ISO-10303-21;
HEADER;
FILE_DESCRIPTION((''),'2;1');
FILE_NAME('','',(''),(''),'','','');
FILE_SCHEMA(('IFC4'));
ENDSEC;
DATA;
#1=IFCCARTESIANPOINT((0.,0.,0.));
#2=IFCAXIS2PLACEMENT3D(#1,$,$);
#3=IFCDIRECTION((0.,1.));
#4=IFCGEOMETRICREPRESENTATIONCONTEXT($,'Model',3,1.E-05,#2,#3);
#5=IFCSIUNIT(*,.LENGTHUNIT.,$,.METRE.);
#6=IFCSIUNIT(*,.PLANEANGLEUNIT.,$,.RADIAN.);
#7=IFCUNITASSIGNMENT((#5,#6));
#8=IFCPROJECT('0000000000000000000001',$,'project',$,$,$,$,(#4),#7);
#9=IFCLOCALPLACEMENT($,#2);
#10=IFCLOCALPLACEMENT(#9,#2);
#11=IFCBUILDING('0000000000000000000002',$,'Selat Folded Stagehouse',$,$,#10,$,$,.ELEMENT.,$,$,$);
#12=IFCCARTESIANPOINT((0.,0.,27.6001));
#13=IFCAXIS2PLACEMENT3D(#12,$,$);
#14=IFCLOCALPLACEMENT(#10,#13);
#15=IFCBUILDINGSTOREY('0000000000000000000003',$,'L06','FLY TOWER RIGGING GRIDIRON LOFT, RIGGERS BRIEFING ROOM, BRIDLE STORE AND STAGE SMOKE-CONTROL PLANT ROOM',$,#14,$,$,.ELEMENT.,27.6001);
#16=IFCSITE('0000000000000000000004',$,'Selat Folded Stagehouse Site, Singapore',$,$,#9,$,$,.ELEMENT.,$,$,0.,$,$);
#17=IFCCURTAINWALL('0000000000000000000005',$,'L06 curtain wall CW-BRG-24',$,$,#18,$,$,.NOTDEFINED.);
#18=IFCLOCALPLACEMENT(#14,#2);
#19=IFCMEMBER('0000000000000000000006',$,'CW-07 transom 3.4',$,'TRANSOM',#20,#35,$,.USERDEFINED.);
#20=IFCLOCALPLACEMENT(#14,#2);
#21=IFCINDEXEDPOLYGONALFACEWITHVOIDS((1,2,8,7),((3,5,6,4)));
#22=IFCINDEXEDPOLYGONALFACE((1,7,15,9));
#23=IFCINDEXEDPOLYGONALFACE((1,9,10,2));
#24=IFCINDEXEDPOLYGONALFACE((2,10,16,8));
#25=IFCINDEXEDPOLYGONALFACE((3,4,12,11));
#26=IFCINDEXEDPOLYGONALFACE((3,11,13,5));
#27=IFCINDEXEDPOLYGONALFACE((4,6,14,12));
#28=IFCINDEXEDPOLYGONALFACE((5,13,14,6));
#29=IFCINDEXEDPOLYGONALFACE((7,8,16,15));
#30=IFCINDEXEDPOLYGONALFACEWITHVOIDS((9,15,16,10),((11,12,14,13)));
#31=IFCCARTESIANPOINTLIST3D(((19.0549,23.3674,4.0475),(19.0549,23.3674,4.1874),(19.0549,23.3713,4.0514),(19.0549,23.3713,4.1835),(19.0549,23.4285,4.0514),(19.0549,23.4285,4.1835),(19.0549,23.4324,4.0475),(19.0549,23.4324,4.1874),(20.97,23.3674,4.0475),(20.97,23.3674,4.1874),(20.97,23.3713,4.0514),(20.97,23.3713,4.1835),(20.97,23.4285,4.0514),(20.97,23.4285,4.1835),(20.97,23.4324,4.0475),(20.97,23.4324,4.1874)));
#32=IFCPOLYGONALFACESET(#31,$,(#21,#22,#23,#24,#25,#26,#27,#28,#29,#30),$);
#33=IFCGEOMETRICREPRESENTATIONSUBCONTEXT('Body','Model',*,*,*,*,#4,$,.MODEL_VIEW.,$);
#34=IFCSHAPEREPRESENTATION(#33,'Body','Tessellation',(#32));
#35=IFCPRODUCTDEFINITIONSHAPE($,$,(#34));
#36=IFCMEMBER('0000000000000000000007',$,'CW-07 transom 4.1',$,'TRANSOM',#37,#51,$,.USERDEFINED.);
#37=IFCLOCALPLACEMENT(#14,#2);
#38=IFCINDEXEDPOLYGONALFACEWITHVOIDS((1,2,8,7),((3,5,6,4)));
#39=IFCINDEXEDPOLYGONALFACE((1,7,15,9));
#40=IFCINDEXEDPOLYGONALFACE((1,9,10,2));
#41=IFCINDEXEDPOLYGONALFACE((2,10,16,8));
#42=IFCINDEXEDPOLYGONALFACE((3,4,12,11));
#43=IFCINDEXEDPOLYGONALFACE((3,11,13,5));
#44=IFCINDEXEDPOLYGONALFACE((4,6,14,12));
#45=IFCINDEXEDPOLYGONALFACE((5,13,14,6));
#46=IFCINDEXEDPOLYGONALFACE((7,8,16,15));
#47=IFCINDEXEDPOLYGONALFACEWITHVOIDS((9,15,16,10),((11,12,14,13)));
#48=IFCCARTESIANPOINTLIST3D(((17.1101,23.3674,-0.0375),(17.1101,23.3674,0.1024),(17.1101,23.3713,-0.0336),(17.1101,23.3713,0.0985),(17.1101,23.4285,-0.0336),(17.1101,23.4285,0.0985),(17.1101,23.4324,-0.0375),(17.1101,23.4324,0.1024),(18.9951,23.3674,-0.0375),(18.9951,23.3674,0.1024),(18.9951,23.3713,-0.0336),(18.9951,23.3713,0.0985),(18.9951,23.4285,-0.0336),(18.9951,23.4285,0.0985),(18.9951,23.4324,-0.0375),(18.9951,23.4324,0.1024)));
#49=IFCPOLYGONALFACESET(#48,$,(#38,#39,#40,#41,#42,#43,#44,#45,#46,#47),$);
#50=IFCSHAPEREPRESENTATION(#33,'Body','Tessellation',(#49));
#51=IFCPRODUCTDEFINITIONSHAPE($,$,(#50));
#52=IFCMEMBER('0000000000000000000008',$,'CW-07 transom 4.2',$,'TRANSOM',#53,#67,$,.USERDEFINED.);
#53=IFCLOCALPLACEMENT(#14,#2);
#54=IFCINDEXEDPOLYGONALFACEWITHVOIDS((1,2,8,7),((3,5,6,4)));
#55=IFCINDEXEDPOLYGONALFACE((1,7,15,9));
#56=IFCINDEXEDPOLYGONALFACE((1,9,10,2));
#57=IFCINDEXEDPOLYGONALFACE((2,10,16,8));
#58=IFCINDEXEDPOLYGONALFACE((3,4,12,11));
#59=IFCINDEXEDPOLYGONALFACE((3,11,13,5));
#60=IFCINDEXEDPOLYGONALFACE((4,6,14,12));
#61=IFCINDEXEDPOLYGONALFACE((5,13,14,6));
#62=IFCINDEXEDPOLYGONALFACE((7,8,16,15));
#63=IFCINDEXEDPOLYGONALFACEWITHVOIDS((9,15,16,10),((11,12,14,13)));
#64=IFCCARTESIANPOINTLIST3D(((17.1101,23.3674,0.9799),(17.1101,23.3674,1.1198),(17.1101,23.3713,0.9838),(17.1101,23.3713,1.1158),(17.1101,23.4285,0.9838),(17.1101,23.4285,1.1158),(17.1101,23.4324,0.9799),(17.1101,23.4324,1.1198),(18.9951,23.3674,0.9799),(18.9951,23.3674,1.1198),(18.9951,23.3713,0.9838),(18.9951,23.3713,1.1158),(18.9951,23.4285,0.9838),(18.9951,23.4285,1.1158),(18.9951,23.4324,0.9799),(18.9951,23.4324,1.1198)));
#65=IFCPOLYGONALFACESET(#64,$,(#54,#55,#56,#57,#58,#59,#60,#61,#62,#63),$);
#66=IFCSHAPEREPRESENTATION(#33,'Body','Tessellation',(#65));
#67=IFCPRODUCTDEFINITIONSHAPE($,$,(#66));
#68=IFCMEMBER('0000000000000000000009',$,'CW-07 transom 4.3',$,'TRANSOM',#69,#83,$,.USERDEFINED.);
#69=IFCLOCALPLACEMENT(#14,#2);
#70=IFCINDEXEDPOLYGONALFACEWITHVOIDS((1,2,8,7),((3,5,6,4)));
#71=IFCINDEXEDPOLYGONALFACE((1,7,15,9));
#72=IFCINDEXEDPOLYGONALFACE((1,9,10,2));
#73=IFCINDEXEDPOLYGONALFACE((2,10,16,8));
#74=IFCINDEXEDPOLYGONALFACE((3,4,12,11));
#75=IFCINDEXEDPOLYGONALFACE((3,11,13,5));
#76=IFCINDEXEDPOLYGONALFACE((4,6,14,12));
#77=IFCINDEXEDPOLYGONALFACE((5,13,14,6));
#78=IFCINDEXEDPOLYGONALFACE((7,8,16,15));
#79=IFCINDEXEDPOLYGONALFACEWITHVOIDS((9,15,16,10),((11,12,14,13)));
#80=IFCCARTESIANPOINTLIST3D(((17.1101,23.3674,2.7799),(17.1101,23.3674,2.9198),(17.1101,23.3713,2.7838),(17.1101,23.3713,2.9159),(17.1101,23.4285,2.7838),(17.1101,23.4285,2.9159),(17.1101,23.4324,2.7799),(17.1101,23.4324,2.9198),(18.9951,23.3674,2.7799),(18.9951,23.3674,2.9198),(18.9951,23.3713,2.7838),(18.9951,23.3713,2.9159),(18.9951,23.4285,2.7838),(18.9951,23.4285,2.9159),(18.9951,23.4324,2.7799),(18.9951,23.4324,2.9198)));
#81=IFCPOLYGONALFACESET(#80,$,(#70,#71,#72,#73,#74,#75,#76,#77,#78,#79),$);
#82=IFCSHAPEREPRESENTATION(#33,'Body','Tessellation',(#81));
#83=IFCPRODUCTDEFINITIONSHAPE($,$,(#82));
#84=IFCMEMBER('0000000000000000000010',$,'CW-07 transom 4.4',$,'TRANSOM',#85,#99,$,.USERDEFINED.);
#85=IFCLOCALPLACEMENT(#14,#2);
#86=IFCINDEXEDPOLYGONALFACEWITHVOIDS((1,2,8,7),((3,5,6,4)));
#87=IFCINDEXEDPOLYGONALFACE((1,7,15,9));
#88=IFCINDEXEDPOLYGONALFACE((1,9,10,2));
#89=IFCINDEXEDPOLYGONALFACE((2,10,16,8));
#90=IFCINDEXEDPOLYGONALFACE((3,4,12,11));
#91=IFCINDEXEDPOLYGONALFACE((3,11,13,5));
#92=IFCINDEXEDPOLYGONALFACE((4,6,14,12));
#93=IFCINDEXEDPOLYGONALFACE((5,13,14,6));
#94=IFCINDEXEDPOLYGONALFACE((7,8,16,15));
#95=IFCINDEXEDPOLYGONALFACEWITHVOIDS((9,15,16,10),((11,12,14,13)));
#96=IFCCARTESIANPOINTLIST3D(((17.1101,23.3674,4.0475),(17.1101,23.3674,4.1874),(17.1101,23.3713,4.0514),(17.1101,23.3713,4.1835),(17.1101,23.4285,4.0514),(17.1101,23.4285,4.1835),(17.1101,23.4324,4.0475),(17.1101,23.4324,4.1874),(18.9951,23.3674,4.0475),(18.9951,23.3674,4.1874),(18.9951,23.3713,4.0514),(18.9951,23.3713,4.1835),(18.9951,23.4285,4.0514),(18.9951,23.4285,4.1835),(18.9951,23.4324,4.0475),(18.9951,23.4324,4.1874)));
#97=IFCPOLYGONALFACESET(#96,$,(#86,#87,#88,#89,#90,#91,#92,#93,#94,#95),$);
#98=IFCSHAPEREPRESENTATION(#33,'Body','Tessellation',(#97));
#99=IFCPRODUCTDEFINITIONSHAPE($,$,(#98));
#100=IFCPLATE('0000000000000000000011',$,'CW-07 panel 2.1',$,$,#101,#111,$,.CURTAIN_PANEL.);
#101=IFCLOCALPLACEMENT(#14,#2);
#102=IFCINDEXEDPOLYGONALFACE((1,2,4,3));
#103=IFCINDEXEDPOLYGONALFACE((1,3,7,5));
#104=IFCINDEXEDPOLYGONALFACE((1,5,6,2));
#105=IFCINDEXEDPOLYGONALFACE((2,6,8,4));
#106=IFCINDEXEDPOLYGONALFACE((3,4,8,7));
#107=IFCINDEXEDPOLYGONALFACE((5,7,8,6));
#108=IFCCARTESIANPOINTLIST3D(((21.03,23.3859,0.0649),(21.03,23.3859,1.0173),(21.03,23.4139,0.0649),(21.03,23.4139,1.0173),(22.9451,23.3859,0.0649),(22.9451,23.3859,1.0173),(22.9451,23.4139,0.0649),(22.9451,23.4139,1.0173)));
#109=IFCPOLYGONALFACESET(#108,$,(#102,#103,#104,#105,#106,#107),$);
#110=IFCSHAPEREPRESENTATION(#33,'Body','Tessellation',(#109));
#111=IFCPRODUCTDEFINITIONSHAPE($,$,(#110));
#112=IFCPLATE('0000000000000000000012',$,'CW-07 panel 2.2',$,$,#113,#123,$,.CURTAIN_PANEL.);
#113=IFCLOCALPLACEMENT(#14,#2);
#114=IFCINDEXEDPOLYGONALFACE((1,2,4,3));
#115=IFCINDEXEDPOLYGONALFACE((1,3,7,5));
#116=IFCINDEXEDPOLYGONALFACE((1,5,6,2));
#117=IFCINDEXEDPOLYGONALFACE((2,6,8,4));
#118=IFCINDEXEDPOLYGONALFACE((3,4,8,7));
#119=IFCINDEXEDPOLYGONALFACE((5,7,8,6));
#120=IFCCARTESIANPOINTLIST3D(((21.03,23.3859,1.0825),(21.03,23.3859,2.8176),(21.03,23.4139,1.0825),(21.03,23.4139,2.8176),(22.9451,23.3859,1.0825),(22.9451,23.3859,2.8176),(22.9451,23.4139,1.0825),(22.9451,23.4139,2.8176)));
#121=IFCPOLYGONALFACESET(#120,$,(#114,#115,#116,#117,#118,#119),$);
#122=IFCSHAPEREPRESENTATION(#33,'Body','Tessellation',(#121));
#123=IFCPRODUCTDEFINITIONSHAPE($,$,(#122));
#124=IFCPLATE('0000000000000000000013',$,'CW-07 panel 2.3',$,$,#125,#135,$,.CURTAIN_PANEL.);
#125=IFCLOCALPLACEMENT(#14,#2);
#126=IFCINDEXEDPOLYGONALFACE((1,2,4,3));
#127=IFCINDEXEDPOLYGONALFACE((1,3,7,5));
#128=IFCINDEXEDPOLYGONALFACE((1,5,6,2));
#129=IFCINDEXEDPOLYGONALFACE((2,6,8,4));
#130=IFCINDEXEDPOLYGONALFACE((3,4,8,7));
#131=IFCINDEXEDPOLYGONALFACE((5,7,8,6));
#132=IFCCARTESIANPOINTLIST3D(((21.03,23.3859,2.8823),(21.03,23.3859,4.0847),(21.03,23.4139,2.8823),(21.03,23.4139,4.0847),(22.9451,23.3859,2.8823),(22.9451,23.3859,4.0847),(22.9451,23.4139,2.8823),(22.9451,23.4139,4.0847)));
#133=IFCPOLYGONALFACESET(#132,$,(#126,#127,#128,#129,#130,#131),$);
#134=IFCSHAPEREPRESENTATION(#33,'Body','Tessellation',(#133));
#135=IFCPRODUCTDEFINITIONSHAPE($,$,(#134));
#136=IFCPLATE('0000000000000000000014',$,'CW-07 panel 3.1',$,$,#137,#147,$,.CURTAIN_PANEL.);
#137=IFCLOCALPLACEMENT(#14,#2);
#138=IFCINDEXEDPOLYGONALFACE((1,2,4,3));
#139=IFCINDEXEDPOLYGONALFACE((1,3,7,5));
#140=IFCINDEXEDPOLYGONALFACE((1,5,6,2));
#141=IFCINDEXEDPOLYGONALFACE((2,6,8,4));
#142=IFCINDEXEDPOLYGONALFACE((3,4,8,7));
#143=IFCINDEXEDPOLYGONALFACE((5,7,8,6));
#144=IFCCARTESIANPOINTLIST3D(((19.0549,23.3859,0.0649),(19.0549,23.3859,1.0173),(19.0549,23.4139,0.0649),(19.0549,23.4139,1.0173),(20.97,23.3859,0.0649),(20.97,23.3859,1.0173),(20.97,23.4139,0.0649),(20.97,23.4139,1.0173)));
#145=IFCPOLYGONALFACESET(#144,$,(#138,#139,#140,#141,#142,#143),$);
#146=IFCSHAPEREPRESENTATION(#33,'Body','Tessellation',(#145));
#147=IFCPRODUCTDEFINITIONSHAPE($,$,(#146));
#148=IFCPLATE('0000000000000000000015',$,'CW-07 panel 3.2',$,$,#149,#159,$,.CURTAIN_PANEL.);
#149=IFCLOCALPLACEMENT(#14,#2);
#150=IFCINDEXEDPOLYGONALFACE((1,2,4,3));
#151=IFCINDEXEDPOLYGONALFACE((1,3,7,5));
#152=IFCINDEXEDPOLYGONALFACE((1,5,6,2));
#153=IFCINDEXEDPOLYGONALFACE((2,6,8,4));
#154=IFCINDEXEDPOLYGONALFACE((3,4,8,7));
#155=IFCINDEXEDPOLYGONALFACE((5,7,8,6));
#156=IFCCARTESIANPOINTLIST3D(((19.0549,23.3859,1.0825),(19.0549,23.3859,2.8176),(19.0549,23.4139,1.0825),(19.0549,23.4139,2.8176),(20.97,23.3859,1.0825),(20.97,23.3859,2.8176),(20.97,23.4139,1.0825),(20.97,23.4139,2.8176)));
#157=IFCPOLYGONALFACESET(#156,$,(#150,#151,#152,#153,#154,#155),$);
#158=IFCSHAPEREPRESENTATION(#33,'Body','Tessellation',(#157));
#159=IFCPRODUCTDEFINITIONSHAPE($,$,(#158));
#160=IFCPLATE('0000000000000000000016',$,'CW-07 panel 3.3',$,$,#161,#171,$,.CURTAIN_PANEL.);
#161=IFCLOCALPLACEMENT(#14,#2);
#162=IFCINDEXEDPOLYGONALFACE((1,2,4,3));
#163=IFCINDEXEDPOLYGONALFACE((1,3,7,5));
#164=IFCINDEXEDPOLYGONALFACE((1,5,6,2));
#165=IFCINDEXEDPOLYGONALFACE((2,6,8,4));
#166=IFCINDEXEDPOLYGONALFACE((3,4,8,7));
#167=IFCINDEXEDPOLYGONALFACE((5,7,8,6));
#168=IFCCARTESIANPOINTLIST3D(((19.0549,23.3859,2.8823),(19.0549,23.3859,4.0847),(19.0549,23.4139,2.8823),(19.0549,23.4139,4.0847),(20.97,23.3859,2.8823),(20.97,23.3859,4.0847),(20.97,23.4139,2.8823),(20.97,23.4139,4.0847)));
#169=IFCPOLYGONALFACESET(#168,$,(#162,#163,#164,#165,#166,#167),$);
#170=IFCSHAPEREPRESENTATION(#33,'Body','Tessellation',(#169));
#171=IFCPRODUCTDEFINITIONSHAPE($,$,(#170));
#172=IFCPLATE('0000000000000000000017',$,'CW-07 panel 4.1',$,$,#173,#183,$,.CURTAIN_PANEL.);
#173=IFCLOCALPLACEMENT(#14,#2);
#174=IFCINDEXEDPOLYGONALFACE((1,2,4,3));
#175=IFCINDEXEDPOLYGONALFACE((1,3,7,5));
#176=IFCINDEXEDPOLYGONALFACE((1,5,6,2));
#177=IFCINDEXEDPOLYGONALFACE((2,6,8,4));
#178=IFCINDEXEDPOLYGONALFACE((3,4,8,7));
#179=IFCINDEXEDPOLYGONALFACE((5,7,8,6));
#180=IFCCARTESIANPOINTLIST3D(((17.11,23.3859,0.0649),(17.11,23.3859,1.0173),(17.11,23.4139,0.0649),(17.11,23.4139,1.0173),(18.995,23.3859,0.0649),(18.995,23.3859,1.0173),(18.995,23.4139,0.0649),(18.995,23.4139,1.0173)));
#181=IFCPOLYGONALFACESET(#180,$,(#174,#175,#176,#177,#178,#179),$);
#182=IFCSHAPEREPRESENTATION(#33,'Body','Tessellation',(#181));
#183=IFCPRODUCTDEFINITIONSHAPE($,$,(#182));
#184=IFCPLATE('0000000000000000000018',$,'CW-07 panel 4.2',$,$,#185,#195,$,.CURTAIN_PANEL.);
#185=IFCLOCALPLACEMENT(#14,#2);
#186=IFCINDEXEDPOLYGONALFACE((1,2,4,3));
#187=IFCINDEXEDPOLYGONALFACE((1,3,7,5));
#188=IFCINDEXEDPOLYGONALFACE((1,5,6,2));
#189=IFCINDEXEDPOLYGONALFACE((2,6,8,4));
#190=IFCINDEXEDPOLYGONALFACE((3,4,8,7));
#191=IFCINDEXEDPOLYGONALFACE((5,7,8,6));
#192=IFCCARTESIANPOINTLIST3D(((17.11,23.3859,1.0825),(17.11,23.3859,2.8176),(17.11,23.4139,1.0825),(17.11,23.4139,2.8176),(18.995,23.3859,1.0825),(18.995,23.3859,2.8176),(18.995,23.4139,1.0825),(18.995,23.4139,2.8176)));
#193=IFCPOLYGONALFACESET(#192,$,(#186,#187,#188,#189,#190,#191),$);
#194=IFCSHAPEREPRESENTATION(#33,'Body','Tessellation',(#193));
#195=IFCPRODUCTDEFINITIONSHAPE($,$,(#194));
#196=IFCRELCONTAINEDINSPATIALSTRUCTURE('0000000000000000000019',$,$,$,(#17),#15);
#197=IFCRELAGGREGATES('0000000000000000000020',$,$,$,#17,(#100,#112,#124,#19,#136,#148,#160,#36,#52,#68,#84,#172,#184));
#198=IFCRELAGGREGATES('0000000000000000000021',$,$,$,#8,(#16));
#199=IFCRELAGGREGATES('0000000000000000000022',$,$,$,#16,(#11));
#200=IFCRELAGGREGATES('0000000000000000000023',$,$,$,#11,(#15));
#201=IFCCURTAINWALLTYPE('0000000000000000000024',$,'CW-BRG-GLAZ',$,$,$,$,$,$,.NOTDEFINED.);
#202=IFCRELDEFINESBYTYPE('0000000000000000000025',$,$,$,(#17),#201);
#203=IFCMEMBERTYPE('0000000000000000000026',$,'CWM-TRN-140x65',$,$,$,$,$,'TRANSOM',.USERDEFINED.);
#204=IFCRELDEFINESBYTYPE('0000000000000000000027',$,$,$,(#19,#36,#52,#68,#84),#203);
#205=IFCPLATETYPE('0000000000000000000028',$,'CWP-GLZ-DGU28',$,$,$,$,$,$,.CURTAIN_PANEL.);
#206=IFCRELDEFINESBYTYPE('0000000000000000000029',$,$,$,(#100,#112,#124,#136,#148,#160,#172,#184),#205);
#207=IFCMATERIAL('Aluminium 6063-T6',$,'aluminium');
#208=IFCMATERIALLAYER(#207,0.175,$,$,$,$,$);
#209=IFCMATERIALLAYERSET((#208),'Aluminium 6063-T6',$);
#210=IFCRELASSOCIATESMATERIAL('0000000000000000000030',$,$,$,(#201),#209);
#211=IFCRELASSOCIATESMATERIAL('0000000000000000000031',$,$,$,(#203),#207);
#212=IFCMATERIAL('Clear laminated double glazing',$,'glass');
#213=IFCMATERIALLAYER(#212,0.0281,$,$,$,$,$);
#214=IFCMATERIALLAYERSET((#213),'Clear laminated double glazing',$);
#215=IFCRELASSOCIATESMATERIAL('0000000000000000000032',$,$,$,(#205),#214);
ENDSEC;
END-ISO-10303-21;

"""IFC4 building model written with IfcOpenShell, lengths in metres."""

from ifc_helpers import new_model, si_unit, direction, frame, origin, origin_2d, place, context, subcontext, project, spatial, rectangle, hollow_rectangle, extrude, material, layer, layer_set, material_profile, profile_set, type_object, element, aggregate, save


model = new_model("IFC4")

# Units and contexts
model_context = context("Model", 3, precision=1e-05, world=origin(), true_north=direction((0.0, 1.0)))
body_context = subcontext(model_context, "Body", "Model", "MODEL_VIEW")
ifc_project = project(units=[si_unit("LENGTHUNIT", "METRE"), si_unit("PLANEANGLEUNIT", "RADIAN")], contexts=[model_context])

# Site, building, storey
site_placement = place(None, origin())
site = spatial("IfcSite", under=ifc_project, at=site_placement, Name="Selat Folded Stagehouse Site, Singapore", CompositionType="ELEMENT", RefElevation=0.0)
building_placement = place(site_placement, origin())
building = spatial("IfcBuilding", under=site, at=building_placement, Name="Selat Folded Stagehouse", CompositionType="ELEMENT")
storey_placement = place(building_placement, frame((0.0, 0.0, 27.6001)))
storey = spatial("IfcBuildingStorey", under=building, at=storey_placement, Name="L06", Description="FLY TOWER RIGGING GRIDIRON LOFT, RIGGERS BRIEFING ROOM, BRIDLE STORE AND STAGE SMOKE-CONTROL PLANT ROOM", CompositionType="ELEMENT", Elevation=27.6001)

# Curtain wall, members, plates
ifc_material_1 = material(Name="Aluminium 6063-T6", Category="aluminium")
ifc_layer_1 = layer(ifc_material_1, 0.175)
ifc_layer_set_1 = layer_set([ifc_layer_1], Name="Aluminium 6063-T6")
curtain_wall_type = type_object("IfcCurtainWallType", Name="CW-BRG-GLAZ", PredefinedType="NOTDEFINED", material=ifc_layer_set_1)
curtain_wall_placement = place(storey_placement, origin())
curtain_wall = element("IfcCurtainWall", 1, at=curtain_wall_placement, inside=storey, type_object=curtain_wall_type, Name="L06 curtain wall CW-BRG-24", PredefinedType="NOTDEFINED")
ifc_material_profile_1 = material_profile(ifc_material_1, hollow_rectangle(XDim=0.0649, YDim=0.1399, WallThickness=0.0039, at=origin_2d()), Name="ALU 140x65x4.0")
ifc_profile_set_1 = profile_set([ifc_material_profile_1], Name="Aluminium 6063-T6")
member_type_1 = type_object("IfcMemberType", Name="CWM-TRN-140x65", ElementType="TRANSOM", PredefinedType="USERDEFINED", material=ifc_profile_set_1)
member_1_placement = place(storey_placement, frame((20.97, 23.3999, 4.1174), z_axis=(-1.0, 0.0, 0.0), x_axis=(0.0, -1.0, 0.0)))
member_1 = element("IfcMember", 2, at=member_1_placement, type_object=member_type_1, Name="CW-07 transom 3.4", ObjectType="TRANSOM", PredefinedType="USERDEFINED", context=body_context, shape_type="SweptSolid", body=[
    extrude(hollow_rectangle(XDim=0.0649, YDim=0.1399, WallThickness=0.0039, at=origin_2d()), origin(), (0.0, 0.0, 1.0), 1.915),
])
member_2_placement = place(storey_placement, frame((18.9951, 23.3999, 0.0325), z_axis=(-1.0, 0.0, 0.0), x_axis=(0.0, -1.0, 0.0)))
member_2 = element("IfcMember", 3, at=member_2_placement, type_object=member_type_1, Name="CW-07 transom 4.1", ObjectType="TRANSOM", PredefinedType="USERDEFINED", context=body_context, shape_type="SweptSolid", body=[
    extrude(hollow_rectangle(XDim=0.0649, YDim=0.1399, WallThickness=0.0039, at=origin_2d()), origin(), (0.0, 0.0, 1.0), 1.885),
])
member_3_placement = place(storey_placement, frame((18.9951, 23.3999, 1.0498), z_axis=(-1.0, 0.0, 0.0), x_axis=(0.0, -1.0, 0.0)))
member_3 = element("IfcMember", 4, at=member_3_placement, type_object=member_type_1, Name="CW-07 transom 4.2", ObjectType="TRANSOM", PredefinedType="USERDEFINED", context=body_context, shape_type="SweptSolid", body=[
    extrude(hollow_rectangle(XDim=0.0649, YDim=0.1399, WallThickness=0.0039, at=origin_2d()), origin(), (0.0, 0.0, 1.0), 1.885),
])
member_4_placement = place(storey_placement, frame((18.9951, 23.3999, 2.8499), z_axis=(-1.0, 0.0, 0.0), x_axis=(0.0, -1.0, 0.0)))
member_4 = element("IfcMember", 5, at=member_4_placement, type_object=member_type_1, Name="CW-07 transom 4.3", ObjectType="TRANSOM", PredefinedType="USERDEFINED", context=body_context, shape_type="SweptSolid", body=[
    extrude(hollow_rectangle(XDim=0.0649, YDim=0.1399, WallThickness=0.0039, at=origin_2d()), origin(), (0.0, 0.0, 1.0), 1.885),
])
member_5_placement = place(storey_placement, frame((18.9951, 23.3999, 4.1174), z_axis=(-1.0, 0.0, 0.0), x_axis=(0.0, -1.0, 0.0)))
member_5 = element("IfcMember", 6, at=member_5_placement, type_object=member_type_1, Name="CW-07 transom 4.4", ObjectType="TRANSOM", PredefinedType="USERDEFINED", context=body_context, shape_type="SweptSolid", body=[
    extrude(hollow_rectangle(XDim=0.0649, YDim=0.1399, WallThickness=0.0039, at=origin_2d()), origin(), (0.0, 0.0, 1.0), 1.885),
])
ifc_material_2 = material(Name="Clear laminated double glazing", Category="glass")
ifc_layer_2 = layer(ifc_material_2, 0.0281)
ifc_layer_set_2 = layer_set([ifc_layer_2], Name="Clear laminated double glazing")
plate_type = type_object("IfcPlateType", Name="CWP-GLZ-DGU28", PredefinedType="CURTAIN_PANEL", material=ifc_layer_set_2)
plate_1_placement = place(storey_placement, frame((21.9875, 23.3999, 0.0649), z_axis=(0.0, 0.0, 1.0), x_axis=(-1.0, 0.0, 0.0)))
plate_1 = element("IfcPlate", 7, at=plate_1_placement, type_object=plate_type, Name="CW-07 panel 2.1", PredefinedType="CURTAIN_PANEL", context=body_context, shape_type="SweptSolid", body=[
    extrude(rectangle(XDim=1.915, YDim=0.0281, at=origin_2d()), origin(), (0.0, 0.0, 1.0), 0.9524),
])
plate_2_placement = place(storey_placement, frame((21.9875, 23.3999, 1.0825), z_axis=(0.0, 0.0, 1.0), x_axis=(-1.0, 0.0, 0.0)))
plate_2 = element("IfcPlate", 8, at=plate_2_placement, type_object=plate_type, Name="CW-07 panel 2.2", PredefinedType="CURTAIN_PANEL", context=body_context, shape_type="SweptSolid", body=[
    extrude(rectangle(XDim=1.915, YDim=0.0281, at=origin_2d()), origin(), (0.0, 0.0, 1.0), 1.7351),
])
plate_3_placement = place(storey_placement, frame((21.9875, 23.3999, 2.8823), z_axis=(0.0, 0.0, 1.0), x_axis=(-1.0, 0.0, 0.0)))
plate_3 = element("IfcPlate", 9, at=plate_3_placement, type_object=plate_type, Name="CW-07 panel 2.3", PredefinedType="CURTAIN_PANEL", context=body_context, shape_type="SweptSolid", body=[
    extrude(rectangle(XDim=1.915, YDim=0.0281, at=origin_2d()), origin(), (0.0, 0.0, 1.0), 1.2024),
])
plate_4_placement = place(storey_placement, frame((20.0125, 23.3999, 0.0649), z_axis=(0.0, 0.0, 1.0), x_axis=(-1.0, 0.0, 0.0)))
plate_4 = element("IfcPlate", 10, at=plate_4_placement, type_object=plate_type, Name="CW-07 panel 3.1", PredefinedType="CURTAIN_PANEL", context=body_context, shape_type="SweptSolid", body=[
    extrude(rectangle(XDim=1.915, YDim=0.0281, at=origin_2d()), origin(), (0.0, 0.0, 1.0), 0.9524),
])
plate_5_placement = place(storey_placement, frame((20.0125, 23.3999, 1.0825), z_axis=(0.0, 0.0, 1.0), x_axis=(-1.0, 0.0, 0.0)))
plate_5 = element("IfcPlate", 11, at=plate_5_placement, type_object=plate_type, Name="CW-07 panel 3.2", PredefinedType="CURTAIN_PANEL", context=body_context, shape_type="SweptSolid", body=[
    extrude(rectangle(XDim=1.915, YDim=0.0281, at=origin_2d()), origin(), (0.0, 0.0, 1.0), 1.7351),
])
plate_6_placement = place(storey_placement, frame((20.0125, 23.3999, 2.8823), z_axis=(0.0, 0.0, 1.0), x_axis=(-1.0, 0.0, 0.0)))
plate_6 = element("IfcPlate", 12, at=plate_6_placement, type_object=plate_type, Name="CW-07 panel 3.3", PredefinedType="CURTAIN_PANEL", context=body_context, shape_type="SweptSolid", body=[
    extrude(rectangle(XDim=1.915, YDim=0.0281, at=origin_2d()), origin(), (0.0, 0.0, 1.0), 1.2024),
])
plate_7_placement = place(storey_placement, frame((18.0525, 23.3999, 0.0649), z_axis=(0.0, 0.0, 1.0), x_axis=(-1.0, 0.0, 0.0)))
plate_7 = element("IfcPlate", 13, at=plate_7_placement, type_object=plate_type, Name="CW-07 panel 4.1", PredefinedType="CURTAIN_PANEL", context=body_context, shape_type="SweptSolid", body=[
    extrude(rectangle(XDim=1.885, YDim=0.0281, at=origin_2d()), origin(), (0.0, 0.0, 1.0), 0.9524),
])
plate_8_placement = place(storey_placement, frame((18.0525, 23.3999, 1.0825), z_axis=(0.0, 0.0, 1.0), x_axis=(-1.0, 0.0, 0.0)))
plate_8 = element("IfcPlate", 14, at=plate_8_placement, type_object=plate_type, Name="CW-07 panel 4.2", PredefinedType="CURTAIN_PANEL", context=body_context, shape_type="SweptSolid", body=[
    extrude(rectangle(XDim=1.885, YDim=0.0281, at=origin_2d()), origin(), (0.0, 0.0, 1.0), 1.7351),
])
aggregate(curtain_wall, [plate_1, plate_2, plate_3, member_1, plate_4, plate_5, plate_6, member_2, member_3, member_4, member_5, plate_7, plate_8])

save(model, "model.ifc")
